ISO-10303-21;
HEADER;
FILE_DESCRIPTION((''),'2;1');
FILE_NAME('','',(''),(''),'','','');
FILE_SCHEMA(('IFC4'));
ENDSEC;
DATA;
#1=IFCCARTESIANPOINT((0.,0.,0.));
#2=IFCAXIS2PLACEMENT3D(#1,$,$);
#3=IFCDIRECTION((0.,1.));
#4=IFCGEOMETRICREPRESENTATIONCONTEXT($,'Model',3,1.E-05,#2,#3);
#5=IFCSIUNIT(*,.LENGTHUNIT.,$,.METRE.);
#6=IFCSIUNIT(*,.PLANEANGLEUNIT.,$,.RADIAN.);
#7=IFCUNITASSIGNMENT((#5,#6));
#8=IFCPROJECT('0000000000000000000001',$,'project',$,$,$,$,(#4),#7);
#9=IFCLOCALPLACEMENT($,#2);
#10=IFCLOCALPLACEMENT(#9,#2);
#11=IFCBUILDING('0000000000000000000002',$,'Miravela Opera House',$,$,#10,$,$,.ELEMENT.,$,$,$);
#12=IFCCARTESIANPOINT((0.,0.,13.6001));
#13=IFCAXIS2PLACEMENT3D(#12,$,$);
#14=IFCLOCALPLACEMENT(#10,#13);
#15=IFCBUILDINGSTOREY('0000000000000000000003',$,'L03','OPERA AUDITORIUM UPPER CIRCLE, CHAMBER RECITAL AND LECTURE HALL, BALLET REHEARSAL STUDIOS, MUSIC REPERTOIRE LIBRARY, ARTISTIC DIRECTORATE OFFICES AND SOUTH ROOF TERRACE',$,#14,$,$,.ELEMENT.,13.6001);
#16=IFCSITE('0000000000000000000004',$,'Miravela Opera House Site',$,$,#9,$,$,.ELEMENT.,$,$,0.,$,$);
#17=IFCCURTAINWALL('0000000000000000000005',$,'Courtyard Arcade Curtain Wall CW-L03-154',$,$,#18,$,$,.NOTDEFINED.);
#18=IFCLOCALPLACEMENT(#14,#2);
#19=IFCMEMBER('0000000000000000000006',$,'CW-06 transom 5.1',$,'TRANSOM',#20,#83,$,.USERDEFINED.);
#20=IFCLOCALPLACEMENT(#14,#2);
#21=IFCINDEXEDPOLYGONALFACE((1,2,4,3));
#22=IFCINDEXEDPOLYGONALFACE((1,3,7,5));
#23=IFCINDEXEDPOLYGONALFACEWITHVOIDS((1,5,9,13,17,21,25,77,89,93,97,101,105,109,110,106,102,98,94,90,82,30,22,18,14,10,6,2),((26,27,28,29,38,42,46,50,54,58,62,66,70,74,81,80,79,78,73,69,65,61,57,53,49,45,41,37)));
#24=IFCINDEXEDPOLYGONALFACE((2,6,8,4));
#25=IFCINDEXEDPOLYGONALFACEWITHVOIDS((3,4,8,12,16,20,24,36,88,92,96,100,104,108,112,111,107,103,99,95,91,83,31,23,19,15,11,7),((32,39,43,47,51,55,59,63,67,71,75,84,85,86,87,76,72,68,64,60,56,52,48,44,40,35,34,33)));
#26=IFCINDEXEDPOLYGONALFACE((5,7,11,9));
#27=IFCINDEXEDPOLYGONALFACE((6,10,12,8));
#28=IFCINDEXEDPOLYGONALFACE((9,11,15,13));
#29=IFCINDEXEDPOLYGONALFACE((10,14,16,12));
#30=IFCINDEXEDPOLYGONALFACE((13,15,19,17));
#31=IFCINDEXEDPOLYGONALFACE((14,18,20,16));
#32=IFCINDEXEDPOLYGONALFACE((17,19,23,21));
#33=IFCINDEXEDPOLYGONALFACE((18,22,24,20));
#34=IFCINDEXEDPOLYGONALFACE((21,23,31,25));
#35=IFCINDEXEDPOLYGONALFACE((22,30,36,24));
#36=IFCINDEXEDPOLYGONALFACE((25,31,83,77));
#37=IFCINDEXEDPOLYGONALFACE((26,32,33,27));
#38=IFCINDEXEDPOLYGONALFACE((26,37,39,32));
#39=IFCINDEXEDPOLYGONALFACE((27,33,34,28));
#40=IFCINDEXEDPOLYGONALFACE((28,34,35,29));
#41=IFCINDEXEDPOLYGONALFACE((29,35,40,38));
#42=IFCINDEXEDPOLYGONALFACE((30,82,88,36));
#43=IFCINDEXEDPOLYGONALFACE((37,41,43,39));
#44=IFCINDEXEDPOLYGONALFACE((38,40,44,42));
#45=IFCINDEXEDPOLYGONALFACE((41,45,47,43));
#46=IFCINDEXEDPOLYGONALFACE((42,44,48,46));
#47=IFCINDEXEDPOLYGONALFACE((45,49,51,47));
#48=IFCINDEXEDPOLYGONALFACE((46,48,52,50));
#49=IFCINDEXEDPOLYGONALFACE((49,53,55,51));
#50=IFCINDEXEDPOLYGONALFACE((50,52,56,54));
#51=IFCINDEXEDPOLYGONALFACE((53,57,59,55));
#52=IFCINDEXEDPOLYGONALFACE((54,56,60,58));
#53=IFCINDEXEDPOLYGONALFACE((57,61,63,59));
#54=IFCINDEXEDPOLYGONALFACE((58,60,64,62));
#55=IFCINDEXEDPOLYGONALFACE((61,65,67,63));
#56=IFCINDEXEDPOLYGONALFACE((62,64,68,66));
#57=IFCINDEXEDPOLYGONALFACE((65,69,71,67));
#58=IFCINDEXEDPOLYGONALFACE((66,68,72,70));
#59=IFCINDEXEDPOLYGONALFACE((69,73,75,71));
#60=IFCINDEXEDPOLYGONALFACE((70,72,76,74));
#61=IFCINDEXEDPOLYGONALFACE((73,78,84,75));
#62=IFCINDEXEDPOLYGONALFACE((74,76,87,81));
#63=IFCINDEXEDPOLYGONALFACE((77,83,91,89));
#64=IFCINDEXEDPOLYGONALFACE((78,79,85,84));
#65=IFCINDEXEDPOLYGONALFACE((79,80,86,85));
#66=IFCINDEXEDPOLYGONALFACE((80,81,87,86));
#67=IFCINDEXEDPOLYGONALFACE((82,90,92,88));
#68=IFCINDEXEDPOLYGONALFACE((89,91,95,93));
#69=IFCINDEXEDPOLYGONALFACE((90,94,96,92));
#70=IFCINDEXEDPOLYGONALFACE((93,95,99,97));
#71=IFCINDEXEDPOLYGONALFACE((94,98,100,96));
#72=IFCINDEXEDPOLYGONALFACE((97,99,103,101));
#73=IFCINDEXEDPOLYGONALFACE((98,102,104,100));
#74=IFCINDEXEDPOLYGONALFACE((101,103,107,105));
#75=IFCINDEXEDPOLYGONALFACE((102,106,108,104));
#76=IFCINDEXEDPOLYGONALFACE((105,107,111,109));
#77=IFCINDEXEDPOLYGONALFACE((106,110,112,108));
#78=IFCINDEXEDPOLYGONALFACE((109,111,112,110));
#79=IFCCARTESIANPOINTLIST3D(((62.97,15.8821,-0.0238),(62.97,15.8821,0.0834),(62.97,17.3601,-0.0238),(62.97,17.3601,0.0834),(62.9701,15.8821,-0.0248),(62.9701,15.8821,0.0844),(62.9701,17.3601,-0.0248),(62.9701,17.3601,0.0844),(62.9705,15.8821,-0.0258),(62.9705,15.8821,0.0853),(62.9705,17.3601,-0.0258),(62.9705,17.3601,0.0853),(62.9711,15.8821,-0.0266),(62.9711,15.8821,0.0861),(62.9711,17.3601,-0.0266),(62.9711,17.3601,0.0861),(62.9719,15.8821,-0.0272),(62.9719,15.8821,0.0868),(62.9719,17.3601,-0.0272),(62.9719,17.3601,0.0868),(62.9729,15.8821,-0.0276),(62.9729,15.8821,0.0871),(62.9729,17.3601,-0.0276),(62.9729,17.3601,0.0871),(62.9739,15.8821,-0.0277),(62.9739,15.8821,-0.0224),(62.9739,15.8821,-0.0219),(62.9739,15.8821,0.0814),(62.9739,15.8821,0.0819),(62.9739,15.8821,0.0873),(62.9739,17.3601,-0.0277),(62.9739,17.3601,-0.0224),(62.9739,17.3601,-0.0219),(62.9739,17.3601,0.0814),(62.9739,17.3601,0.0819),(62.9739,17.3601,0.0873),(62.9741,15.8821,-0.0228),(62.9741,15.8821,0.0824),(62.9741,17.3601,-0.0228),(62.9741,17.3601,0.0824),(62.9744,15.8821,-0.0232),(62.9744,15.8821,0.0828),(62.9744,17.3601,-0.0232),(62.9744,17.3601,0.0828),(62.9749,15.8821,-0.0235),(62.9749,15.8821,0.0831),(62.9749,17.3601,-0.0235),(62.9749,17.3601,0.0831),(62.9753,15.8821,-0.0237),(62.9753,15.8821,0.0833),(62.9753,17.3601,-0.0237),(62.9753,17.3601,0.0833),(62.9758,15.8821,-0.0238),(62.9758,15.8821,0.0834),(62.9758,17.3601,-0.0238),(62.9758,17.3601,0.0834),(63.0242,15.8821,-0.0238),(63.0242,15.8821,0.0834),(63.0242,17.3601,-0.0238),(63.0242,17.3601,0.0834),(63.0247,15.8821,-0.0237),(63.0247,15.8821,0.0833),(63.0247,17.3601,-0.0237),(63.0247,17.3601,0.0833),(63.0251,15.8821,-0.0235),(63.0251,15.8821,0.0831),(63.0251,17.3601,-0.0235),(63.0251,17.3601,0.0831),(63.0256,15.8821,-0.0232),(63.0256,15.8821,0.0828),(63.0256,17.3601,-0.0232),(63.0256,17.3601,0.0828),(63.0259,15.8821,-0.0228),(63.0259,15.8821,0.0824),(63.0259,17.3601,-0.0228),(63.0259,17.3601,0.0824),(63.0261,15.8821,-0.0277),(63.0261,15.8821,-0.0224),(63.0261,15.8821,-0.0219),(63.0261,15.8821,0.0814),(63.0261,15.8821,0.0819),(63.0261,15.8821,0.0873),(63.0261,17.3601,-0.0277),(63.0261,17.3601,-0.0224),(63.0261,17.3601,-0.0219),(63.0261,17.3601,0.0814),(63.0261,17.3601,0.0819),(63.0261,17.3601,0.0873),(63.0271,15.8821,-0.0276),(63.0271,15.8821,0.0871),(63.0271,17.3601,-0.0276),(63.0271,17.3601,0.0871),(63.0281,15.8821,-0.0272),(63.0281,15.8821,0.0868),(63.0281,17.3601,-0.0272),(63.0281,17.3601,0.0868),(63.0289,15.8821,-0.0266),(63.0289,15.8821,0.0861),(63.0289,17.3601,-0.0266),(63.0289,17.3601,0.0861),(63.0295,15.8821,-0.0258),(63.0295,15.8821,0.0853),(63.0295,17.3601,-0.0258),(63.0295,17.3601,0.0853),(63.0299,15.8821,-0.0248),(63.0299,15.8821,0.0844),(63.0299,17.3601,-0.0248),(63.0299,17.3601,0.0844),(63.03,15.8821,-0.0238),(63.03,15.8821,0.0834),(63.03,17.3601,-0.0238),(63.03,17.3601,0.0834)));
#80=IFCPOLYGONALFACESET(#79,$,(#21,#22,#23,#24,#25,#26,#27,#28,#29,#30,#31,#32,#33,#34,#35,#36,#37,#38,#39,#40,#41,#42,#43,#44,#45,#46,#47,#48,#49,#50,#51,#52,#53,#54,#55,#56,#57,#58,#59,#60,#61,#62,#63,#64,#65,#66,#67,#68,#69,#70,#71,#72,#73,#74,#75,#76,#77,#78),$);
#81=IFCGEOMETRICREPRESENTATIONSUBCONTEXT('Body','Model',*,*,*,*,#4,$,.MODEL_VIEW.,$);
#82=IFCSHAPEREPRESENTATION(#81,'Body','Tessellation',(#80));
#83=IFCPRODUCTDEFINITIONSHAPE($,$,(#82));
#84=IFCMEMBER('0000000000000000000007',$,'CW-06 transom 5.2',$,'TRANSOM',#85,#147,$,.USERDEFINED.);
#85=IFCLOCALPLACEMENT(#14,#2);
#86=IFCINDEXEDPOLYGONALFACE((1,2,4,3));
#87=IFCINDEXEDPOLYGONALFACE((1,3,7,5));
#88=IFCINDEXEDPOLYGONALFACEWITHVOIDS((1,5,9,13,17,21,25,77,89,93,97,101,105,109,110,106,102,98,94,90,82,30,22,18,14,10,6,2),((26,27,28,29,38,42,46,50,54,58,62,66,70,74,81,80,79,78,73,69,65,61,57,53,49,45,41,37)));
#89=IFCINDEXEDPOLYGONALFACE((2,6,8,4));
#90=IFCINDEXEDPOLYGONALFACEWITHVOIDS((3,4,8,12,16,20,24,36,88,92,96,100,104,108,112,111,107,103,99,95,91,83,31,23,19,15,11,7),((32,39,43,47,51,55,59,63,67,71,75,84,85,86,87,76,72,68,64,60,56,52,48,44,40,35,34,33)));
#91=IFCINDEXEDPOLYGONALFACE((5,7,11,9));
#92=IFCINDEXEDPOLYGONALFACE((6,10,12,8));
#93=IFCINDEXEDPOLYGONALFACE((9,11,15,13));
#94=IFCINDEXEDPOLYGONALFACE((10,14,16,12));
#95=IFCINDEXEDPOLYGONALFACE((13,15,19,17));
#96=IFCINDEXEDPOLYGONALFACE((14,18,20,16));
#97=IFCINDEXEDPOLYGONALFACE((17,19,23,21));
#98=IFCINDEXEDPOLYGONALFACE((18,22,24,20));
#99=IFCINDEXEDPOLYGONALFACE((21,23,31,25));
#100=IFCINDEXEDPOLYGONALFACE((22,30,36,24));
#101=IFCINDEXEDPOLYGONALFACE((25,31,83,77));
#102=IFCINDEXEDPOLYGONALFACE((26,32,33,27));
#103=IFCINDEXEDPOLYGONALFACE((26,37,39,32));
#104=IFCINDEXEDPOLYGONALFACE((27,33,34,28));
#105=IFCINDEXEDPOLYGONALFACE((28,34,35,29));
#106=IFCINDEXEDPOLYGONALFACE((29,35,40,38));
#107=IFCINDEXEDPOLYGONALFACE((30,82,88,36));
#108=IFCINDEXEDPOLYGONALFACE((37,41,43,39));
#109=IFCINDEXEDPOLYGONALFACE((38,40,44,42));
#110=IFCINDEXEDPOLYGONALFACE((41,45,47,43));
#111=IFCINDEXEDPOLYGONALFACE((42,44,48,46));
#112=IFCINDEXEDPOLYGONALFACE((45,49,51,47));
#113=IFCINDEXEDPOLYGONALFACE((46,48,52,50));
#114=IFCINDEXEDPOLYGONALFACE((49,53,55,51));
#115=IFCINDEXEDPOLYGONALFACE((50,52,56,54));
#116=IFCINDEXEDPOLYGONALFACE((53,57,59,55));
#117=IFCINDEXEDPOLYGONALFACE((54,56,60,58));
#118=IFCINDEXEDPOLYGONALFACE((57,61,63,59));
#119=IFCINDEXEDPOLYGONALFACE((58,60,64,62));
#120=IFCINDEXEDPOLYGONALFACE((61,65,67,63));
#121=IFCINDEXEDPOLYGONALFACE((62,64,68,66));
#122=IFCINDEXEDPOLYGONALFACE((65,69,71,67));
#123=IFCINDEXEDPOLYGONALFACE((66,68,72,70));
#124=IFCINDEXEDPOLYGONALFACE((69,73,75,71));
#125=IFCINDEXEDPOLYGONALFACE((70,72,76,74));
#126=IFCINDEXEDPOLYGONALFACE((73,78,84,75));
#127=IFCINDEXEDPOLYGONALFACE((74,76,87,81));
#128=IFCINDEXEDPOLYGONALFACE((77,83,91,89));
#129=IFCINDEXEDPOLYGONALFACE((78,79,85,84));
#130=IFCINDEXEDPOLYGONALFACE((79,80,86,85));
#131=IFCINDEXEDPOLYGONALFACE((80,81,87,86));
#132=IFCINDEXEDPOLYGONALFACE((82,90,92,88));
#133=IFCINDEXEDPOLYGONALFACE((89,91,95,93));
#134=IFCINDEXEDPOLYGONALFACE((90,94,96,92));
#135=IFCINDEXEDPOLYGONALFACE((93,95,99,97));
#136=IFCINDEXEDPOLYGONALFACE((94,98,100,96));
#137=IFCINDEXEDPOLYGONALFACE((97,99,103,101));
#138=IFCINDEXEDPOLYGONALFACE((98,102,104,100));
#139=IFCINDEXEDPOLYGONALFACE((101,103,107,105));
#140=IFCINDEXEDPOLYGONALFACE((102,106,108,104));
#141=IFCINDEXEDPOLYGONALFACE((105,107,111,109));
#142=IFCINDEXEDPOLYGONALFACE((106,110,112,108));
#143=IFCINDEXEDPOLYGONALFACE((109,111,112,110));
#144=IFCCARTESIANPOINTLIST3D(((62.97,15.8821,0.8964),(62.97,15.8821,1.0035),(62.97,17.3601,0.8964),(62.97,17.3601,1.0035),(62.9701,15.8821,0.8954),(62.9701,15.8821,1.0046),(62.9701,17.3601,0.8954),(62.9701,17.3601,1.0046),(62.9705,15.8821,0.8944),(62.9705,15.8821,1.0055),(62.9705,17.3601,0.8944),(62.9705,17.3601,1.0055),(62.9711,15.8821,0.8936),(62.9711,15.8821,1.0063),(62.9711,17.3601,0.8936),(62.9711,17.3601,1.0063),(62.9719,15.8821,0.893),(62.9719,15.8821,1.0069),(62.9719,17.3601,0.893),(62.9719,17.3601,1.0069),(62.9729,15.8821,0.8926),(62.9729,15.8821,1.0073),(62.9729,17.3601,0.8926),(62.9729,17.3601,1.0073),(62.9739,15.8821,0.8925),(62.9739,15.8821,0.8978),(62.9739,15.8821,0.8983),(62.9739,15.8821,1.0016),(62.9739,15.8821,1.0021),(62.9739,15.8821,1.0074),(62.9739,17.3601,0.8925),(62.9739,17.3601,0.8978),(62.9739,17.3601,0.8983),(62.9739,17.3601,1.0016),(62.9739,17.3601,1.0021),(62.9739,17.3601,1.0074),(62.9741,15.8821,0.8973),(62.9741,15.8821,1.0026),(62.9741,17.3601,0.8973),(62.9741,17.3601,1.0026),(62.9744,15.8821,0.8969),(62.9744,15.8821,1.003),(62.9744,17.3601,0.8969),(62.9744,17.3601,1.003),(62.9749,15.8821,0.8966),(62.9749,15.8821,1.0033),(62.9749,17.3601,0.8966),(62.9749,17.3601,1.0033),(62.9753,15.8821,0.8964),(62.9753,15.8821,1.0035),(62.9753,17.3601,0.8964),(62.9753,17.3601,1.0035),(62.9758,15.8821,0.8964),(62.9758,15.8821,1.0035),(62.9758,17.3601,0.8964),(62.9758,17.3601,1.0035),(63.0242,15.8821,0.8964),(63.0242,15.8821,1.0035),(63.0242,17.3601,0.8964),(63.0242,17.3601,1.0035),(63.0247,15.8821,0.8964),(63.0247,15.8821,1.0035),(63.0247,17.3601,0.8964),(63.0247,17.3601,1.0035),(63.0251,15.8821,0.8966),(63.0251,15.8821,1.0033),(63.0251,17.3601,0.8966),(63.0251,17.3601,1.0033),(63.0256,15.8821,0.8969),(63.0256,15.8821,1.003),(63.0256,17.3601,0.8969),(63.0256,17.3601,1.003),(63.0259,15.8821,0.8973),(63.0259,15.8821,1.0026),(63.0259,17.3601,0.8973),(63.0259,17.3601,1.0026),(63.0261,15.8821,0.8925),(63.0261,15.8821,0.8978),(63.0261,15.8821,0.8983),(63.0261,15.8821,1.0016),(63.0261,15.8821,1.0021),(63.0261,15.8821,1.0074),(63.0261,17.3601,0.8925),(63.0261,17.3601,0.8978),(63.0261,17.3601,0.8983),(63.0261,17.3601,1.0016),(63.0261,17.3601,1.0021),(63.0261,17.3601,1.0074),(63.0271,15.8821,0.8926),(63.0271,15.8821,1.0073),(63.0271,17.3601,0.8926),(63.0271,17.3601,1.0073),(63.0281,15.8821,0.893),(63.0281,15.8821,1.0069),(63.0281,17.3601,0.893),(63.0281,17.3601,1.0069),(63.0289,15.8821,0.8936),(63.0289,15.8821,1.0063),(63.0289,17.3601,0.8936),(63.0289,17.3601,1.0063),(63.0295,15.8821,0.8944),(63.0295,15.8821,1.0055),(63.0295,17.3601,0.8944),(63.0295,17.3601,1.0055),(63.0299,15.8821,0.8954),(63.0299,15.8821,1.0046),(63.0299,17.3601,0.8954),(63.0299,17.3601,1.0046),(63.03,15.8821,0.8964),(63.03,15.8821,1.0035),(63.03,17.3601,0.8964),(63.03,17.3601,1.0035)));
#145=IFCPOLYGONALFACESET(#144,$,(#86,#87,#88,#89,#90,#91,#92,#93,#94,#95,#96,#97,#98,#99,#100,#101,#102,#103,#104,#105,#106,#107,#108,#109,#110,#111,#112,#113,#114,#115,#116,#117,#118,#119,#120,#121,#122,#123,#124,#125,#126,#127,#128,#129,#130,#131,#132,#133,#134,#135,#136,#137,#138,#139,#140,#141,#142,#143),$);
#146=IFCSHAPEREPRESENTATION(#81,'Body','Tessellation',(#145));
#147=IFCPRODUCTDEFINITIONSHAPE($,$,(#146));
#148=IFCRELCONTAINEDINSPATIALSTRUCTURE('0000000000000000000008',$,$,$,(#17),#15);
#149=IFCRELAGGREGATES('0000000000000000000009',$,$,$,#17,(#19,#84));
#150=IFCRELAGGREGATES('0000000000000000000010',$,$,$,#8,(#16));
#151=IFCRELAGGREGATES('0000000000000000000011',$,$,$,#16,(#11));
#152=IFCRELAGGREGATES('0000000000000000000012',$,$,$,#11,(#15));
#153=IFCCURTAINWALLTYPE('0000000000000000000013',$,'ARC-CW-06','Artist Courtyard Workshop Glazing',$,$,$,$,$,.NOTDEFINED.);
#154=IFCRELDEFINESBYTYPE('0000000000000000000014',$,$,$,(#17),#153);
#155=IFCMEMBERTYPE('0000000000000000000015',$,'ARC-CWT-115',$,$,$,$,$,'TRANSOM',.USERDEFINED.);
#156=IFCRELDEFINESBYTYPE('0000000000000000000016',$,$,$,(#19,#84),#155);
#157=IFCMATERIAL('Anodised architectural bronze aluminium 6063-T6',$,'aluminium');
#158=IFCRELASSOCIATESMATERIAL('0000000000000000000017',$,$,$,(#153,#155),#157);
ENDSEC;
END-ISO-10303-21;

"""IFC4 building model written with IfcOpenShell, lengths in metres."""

from ifc_helpers import new_model, si_unit, direction, frame, origin, origin_2d, place, context, subcontext, project, spatial, hollow_rectangle, extrude, material, material_profile, profile_set, type_object, element, aggregate, save


model = new_model("IFC4")

# Units and contexts
model_context = context("Model", 3, precision=1e-05, world=origin(), true_north=direction((0.0, 1.0)))
body_context = subcontext(model_context, "Body", "Model", "MODEL_VIEW")
ifc_project = project(units=[si_unit("LENGTHUNIT", "METRE"), si_unit("PLANEANGLEUNIT", "RADIAN")], contexts=[model_context])

# Site, building, storey
site_placement = place(None, origin())
site = spatial("IfcSite", under=ifc_project, at=site_placement, Name="Miravela Opera House Site", CompositionType="ELEMENT", RefElevation=0.0)
building_placement = place(site_placement, origin())
building = spatial("IfcBuilding", under=site, at=building_placement, Name="Miravela Opera House", CompositionType="ELEMENT")
storey_placement = place(building_placement, frame((0.0, 0.0, 13.6001)))
storey = spatial("IfcBuildingStorey", under=building, at=storey_placement, Name="L03", Description="OPERA AUDITORIUM UPPER CIRCLE, CHAMBER RECITAL AND LECTURE HALL, BALLET REHEARSAL STUDIOS, MUSIC REPERTOIRE LIBRARY, ARTISTIC DIRECTORATE OFFICES AND SOUTH ROOF TERRACE", CompositionType="ELEMENT", Elevation=13.6001)

# Curtain wall
ifc_material_1 = material(Name="Anodised architectural bronze aluminium 6063-T6", Category="aluminium")
curtain_wall_type = type_object("IfcCurtainWallType", Name="ARC-CW-06", Description="Artist Courtyard Workshop Glazing", PredefinedType="NOTDEFINED", material=ifc_material_1)
curtain_wall_1_placement = place(storey_placement, origin())
curtain_wall_1 = element("IfcCurtainWall", 1, at=curtain_wall_1_placement, inside=storey, type_object=curtain_wall_type, Name="Courtyard Arcade Curtain Wall CW-L03-154", PredefinedType="NOTDEFINED")

# Members
ifc_material_profile_1 = material_profile(ifc_material_1, hollow_rectangle(XDim=0.0601, YDim=0.115, WallThickness=0.0039, InnerFilletRadius=0.002, OuterFilletRadius=0.0039, at=origin_2d()), Name="CWT-60X115")
ifc_profile_set_1 = profile_set([ifc_material_profile_1])
member_type_1 = type_object("IfcMemberType", Name="ARC-CWT-115", ElementType="TRANSOM", PredefinedType="USERDEFINED", material=ifc_profile_set_1)
member_1_placement = place(storey_placement, frame((63.0, 15.8821, 0.0298), z_axis=(0.0, 1.0, 0.0), x_axis=(-1.0, 0.0, 0.0)))
member_1 = element("IfcMember", 2, at=member_1_placement, type_object=member_type_1, Name="CW-06 transom 5.1", ObjectType="TRANSOM", PredefinedType="USERDEFINED", context=body_context, shape_type="SweptSolid", body=[
    extrude(hollow_rectangle(XDim=0.0601, YDim=0.115, WallThickness=0.0039, InnerFilletRadius=0.002, OuterFilletRadius=0.0039, at=origin_2d()), origin(), (0.0, 0.0, 1.0), 1.478),
])
member_2_placement = place(storey_placement, frame((63.0, 15.8821, 0.95), z_axis=(0.0, 1.0, 0.0), x_axis=(-1.0, 0.0, 0.0)))
member_2 = element("IfcMember", 3, at=member_2_placement, type_object=member_type_1, Name="CW-06 transom 5.2", ObjectType="TRANSOM", PredefinedType="USERDEFINED", context=body_context, shape_type="SweptSolid", body=[
    extrude(hollow_rectangle(XDim=0.0601, YDim=0.115, WallThickness=0.0039, InnerFilletRadius=0.002, OuterFilletRadius=0.0039, at=origin_2d()), origin(), (0.0, 0.0, 1.0), 1.478),
])

aggregate(curtain_wall_1, [member_1, member_2])

save(model, "model.ifc")
